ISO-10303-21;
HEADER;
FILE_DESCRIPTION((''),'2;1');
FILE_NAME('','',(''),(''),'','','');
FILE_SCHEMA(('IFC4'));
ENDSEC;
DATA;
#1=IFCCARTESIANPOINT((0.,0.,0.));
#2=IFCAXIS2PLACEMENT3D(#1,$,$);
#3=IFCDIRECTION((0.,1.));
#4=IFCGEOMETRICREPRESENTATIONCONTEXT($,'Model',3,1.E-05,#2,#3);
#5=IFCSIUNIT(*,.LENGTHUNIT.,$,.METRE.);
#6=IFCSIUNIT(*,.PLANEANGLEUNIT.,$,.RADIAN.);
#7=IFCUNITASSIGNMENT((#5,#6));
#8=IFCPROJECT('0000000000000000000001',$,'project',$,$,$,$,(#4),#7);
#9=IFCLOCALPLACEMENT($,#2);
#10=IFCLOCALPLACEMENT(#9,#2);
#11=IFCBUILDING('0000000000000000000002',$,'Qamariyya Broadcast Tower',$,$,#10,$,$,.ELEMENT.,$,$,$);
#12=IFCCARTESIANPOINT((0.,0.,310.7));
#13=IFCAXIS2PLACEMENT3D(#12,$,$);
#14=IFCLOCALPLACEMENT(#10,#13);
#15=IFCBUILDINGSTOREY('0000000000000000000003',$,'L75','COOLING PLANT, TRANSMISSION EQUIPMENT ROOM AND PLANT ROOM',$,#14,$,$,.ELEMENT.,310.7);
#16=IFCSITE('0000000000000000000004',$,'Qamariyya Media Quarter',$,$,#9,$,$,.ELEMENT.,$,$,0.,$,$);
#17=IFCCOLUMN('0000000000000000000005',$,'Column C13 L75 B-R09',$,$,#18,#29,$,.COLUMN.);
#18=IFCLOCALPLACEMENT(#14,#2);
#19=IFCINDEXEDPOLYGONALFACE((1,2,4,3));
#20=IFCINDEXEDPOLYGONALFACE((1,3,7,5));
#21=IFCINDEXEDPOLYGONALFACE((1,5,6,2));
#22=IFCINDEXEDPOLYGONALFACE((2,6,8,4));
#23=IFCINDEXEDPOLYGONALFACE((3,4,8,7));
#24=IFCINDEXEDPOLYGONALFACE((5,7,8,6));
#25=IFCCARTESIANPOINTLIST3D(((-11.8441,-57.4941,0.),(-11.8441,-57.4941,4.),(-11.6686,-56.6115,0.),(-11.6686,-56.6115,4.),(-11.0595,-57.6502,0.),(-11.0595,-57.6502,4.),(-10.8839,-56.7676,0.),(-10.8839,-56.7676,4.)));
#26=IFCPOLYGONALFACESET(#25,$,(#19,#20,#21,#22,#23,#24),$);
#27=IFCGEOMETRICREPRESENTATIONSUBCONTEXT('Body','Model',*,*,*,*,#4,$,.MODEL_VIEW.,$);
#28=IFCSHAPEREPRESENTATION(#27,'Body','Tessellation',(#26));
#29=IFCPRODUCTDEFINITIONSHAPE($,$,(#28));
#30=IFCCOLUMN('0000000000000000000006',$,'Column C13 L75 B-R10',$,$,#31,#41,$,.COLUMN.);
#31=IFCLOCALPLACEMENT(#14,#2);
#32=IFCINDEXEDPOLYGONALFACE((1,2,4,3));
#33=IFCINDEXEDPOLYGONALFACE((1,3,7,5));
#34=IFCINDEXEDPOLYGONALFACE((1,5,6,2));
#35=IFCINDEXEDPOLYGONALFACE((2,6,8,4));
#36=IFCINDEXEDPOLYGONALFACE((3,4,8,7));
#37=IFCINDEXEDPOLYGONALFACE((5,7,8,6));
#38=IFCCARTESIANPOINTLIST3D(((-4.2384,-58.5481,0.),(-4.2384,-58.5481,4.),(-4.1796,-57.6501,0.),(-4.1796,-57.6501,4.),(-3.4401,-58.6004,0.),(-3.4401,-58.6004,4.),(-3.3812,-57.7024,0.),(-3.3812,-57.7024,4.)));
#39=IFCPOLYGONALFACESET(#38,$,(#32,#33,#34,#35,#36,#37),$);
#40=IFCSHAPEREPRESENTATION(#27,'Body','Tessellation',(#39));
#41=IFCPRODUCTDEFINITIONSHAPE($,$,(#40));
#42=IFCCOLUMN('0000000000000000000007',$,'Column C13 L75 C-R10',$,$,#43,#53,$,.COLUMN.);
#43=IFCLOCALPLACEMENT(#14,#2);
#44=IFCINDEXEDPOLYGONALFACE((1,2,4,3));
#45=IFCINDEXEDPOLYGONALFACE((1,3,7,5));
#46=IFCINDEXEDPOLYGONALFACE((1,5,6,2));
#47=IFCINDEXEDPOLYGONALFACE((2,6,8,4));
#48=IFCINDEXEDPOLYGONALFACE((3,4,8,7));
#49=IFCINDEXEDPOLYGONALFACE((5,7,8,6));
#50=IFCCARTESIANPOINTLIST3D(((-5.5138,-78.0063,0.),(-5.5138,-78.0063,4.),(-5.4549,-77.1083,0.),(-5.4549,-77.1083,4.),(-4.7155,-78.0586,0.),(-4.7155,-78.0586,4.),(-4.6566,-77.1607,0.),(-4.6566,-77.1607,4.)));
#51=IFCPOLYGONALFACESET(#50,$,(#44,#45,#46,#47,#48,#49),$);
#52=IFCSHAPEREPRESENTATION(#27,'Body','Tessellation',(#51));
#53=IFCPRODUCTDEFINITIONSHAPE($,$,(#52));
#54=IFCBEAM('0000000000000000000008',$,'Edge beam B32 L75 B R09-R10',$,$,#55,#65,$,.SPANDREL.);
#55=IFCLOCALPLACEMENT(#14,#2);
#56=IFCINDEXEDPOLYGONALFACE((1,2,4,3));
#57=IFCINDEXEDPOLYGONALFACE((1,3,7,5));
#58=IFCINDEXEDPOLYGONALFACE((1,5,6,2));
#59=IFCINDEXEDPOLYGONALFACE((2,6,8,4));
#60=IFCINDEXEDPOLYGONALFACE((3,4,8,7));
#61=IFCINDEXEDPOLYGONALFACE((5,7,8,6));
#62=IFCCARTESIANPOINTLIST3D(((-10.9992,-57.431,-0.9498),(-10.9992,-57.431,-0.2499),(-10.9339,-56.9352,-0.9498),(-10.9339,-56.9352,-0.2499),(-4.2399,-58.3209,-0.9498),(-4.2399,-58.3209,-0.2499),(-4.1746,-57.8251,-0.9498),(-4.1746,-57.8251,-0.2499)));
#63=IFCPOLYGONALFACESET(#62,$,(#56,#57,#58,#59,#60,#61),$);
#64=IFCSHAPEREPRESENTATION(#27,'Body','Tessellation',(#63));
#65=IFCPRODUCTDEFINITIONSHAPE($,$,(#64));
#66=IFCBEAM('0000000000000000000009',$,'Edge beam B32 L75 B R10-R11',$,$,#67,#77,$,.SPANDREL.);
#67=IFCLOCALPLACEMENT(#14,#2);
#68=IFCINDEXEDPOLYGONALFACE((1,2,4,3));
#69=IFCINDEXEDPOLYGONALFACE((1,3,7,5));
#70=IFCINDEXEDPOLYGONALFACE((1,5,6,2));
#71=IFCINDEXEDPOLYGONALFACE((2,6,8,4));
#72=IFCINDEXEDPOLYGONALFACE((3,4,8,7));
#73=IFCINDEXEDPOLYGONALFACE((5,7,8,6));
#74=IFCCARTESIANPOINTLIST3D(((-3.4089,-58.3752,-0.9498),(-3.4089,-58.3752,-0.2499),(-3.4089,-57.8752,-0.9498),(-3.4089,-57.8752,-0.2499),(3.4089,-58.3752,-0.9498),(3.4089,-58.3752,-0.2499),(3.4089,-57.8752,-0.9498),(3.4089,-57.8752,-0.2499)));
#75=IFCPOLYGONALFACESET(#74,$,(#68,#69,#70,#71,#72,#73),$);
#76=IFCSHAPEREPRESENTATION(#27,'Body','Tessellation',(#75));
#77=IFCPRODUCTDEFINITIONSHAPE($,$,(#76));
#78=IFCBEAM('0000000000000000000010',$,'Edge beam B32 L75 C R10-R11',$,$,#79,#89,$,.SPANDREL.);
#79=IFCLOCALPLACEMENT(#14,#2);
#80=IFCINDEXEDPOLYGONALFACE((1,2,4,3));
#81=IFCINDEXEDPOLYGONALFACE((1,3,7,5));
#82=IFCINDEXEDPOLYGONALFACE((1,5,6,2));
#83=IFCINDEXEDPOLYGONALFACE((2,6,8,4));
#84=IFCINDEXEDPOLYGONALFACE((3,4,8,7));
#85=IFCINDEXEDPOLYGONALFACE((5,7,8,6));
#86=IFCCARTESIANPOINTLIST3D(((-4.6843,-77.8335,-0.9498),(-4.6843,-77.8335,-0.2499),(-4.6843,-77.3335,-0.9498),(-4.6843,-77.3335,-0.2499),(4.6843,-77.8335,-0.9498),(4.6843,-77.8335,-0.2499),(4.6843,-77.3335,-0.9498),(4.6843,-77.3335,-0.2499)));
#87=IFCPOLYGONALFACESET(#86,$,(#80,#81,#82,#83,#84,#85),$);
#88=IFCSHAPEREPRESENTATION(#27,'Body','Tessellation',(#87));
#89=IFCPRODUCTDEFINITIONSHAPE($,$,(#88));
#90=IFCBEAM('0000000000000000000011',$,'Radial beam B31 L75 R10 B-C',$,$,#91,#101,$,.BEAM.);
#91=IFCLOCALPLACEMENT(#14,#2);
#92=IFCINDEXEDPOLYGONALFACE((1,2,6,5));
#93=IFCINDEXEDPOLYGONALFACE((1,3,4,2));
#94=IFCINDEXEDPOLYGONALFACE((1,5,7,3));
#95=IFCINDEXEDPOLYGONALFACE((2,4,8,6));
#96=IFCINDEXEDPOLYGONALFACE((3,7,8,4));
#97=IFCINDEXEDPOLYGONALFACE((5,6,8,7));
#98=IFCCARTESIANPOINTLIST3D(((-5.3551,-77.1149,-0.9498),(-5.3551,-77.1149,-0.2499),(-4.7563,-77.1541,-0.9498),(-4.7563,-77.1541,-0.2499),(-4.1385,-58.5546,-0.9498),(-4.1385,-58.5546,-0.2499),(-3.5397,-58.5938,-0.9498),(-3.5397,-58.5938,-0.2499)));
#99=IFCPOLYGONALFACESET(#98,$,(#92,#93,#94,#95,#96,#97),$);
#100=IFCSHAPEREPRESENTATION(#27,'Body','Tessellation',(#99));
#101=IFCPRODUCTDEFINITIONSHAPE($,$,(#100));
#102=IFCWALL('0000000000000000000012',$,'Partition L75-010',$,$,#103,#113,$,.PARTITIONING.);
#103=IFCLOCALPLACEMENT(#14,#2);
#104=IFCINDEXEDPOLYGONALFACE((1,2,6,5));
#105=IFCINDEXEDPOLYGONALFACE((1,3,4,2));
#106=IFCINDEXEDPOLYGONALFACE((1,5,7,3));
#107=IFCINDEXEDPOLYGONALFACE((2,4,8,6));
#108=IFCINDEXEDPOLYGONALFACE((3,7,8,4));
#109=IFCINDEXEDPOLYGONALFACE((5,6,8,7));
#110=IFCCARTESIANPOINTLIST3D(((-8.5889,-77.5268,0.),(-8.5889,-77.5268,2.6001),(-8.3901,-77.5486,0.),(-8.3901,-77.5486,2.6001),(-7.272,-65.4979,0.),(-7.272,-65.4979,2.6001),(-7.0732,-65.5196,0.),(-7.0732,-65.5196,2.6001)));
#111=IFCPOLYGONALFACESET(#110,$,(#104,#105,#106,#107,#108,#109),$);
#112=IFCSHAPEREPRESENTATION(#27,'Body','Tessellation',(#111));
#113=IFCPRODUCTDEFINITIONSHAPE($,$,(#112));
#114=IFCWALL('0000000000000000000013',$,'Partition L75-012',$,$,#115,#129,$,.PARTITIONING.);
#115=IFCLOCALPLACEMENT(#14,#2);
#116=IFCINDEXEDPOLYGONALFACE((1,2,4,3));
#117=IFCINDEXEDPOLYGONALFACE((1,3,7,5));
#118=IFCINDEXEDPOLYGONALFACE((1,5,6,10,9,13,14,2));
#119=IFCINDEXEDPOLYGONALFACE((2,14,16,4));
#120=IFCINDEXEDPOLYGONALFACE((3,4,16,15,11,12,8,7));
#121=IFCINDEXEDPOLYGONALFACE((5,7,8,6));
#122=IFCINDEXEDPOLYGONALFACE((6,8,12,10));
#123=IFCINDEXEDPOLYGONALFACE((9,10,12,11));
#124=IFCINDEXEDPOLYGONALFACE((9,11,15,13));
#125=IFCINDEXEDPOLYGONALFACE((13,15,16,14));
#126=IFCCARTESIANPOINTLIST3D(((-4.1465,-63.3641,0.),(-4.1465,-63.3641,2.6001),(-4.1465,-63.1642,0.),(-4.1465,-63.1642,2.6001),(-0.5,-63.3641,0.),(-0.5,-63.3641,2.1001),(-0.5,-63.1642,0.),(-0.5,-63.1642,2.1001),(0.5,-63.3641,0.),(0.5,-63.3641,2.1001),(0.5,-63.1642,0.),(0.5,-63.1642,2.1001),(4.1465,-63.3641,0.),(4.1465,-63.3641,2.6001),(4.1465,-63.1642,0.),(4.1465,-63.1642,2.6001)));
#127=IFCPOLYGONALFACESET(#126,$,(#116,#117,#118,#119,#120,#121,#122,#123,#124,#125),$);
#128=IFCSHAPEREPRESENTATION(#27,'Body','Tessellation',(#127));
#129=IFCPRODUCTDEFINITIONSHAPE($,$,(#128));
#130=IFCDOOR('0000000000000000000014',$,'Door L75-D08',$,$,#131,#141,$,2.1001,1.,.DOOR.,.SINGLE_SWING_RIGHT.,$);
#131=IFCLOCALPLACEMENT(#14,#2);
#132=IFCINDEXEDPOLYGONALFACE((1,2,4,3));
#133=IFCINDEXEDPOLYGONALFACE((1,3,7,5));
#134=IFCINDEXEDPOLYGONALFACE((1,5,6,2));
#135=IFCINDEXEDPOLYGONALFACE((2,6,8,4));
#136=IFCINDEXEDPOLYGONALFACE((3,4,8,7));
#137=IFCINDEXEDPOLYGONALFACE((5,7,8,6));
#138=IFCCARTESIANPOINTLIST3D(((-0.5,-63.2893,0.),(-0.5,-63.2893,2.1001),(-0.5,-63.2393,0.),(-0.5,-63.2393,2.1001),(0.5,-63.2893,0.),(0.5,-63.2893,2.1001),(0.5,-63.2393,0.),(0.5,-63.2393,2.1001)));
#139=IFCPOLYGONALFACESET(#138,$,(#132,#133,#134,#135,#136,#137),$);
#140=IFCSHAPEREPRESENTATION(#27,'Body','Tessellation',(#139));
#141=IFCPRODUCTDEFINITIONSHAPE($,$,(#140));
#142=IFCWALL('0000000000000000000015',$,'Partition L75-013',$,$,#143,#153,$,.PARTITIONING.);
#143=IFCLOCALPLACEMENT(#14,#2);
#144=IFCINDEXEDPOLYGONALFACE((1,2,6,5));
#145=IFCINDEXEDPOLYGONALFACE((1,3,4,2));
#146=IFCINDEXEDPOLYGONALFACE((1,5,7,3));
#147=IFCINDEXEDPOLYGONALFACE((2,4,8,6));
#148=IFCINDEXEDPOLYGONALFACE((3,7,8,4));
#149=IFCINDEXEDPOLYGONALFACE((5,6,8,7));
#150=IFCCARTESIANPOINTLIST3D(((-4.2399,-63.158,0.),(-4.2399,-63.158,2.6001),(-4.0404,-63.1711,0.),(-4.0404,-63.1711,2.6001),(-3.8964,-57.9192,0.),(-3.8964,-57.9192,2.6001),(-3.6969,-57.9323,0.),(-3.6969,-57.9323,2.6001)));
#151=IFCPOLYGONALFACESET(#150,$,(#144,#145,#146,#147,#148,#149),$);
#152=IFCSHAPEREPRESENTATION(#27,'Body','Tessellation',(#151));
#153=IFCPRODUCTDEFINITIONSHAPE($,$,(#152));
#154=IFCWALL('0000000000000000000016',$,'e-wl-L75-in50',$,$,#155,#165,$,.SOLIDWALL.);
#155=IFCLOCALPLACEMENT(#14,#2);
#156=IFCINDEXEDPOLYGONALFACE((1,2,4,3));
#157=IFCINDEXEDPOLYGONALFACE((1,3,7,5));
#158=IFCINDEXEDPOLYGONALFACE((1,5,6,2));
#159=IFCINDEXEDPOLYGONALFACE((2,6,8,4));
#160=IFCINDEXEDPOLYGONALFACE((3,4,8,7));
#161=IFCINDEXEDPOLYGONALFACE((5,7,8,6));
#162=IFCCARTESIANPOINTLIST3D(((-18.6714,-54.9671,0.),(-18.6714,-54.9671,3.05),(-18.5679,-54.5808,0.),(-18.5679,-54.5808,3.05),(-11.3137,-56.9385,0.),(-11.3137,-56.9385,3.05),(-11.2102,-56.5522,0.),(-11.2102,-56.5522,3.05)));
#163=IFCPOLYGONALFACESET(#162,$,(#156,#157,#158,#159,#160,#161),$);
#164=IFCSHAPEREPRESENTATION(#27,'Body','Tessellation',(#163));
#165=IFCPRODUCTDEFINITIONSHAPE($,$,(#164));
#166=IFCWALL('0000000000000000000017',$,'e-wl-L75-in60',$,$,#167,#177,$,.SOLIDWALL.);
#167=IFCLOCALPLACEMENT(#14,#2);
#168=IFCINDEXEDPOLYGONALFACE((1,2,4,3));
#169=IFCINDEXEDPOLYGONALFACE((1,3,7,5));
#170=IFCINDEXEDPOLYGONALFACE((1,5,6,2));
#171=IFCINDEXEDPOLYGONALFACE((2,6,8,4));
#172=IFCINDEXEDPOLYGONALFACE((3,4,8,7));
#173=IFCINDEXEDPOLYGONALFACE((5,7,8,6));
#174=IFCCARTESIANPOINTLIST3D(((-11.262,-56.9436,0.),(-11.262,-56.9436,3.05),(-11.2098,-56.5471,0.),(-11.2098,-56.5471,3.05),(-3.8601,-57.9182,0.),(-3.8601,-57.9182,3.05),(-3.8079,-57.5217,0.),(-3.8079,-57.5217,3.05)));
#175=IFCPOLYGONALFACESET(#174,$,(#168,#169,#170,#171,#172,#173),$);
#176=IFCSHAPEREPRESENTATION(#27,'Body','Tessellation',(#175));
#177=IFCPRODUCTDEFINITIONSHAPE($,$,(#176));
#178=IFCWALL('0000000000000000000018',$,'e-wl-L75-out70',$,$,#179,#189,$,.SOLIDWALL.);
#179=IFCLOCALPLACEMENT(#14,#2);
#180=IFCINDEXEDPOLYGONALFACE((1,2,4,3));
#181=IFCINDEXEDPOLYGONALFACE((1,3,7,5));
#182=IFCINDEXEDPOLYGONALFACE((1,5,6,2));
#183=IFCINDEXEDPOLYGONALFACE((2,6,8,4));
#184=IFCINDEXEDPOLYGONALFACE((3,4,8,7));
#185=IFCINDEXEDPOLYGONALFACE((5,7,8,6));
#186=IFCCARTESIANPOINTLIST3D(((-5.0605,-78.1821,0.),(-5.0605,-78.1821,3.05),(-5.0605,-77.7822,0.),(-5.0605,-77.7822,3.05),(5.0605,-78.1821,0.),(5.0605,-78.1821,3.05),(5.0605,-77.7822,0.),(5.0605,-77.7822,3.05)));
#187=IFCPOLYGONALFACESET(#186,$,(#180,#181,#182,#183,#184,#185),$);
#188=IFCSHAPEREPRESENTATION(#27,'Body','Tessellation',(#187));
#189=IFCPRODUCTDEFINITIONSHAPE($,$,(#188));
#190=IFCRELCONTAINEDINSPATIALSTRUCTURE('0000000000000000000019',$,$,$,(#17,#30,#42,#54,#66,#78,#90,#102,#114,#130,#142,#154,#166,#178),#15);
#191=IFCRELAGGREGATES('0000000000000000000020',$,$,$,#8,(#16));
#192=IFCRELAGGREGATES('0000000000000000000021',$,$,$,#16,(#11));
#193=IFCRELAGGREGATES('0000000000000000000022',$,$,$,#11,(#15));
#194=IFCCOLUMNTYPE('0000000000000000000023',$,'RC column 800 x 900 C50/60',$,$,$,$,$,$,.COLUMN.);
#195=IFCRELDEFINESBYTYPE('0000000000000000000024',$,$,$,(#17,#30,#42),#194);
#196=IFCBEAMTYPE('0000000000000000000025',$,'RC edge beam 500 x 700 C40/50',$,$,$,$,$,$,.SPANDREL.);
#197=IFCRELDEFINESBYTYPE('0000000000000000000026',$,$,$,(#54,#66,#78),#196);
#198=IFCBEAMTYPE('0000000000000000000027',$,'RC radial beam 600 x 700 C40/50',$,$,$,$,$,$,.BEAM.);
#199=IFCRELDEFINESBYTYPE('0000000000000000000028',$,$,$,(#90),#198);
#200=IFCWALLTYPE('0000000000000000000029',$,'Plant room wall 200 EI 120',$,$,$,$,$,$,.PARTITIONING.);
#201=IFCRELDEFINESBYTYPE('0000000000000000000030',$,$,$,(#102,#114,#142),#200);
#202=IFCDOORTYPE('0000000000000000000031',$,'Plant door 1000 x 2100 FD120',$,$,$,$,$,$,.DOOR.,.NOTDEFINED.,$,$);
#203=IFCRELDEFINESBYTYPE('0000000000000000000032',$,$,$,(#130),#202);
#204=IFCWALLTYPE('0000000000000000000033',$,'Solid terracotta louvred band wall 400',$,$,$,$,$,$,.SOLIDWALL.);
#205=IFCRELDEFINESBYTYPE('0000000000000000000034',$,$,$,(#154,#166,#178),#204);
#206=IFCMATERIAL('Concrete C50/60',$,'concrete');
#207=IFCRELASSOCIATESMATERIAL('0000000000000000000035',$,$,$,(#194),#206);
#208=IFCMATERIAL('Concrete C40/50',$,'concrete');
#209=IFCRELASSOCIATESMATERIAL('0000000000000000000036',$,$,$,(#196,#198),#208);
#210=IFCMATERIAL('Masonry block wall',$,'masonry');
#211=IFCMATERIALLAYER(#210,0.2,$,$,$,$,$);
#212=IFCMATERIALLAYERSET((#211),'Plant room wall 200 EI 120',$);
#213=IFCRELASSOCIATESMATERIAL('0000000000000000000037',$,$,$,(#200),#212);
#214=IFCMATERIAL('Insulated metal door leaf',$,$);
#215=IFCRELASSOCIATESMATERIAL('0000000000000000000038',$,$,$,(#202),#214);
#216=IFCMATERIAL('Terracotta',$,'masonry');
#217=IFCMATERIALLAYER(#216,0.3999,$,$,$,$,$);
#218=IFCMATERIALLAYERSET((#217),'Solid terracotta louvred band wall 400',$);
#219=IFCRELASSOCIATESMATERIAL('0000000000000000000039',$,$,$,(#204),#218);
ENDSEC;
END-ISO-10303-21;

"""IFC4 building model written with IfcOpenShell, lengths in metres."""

from ifc_helpers import new_model, si_unit, direction, frame, frame_2d, origin, origin_2d, place, context, subcontext, project, spatial, rectangle, extrude, material, layer, layer_set, material_profile, profile_set, type_object, element, fill, save


model = new_model("IFC4")

# Units and contexts
model_context = context("Model", 3, precision=1e-05, world=origin(), true_north=direction((0.0, 1.0)))
body_context = subcontext(model_context, "Body", "Model", "MODEL_VIEW")
ifc_project = project(units=[si_unit("LENGTHUNIT", "METRE"), si_unit("PLANEANGLEUNIT", "RADIAN")], contexts=[model_context])

# Site, building, storey
site_placement = place(None, origin())
site = spatial("IfcSite", under=ifc_project, at=site_placement, Name="Qamariyya Media Quarter", CompositionType="ELEMENT", RefElevation=0.0)
building_placement = place(site_placement, origin())
building = spatial("IfcBuilding", under=site, at=building_placement, Name="Qamariyya Broadcast Tower", CompositionType="ELEMENT")
storey_placement = place(building_placement, frame((0.0, 0.0, 310.7)))
storey = spatial("IfcBuildingStorey", under=building, at=storey_placement, Name="L75", Description="COOLING PLANT, TRANSMISSION EQUIPMENT ROOM AND PLANT ROOM", CompositionType="ELEMENT", Elevation=310.7)

# Columns
ifc_material_1 = material(Name="Concrete C50/60", Category="concrete")
ifc_material_profile_1 = material_profile(ifc_material_1, rectangle(XDim=0.8, YDim=0.8999, at=origin_2d()))
ifc_profile_set_1 = profile_set([ifc_material_profile_1], Name="Concrete C50/60")
column_type = type_object("IfcColumnType", Name="RC column 800 x 900 C50/60", PredefinedType="COLUMN", material=ifc_profile_set_1)
for number, where, z_axis, x_axis, name in (
    (1, (-11.364, -57.1309, 0.0), (0.0, 0.0, 1.0), (0.980785, -0.19509, 0.0), "Column C13 L75 B-R09"),
    (2, (-3.8098, -58.1252, 0.0), (0.0, 0.0, 1.0), (0.997859, -0.065403, 0.0), "Column C13 L75 B-R10"),
    (3, (-5.0852, -77.5835, 0.0), (0.0, 0.0, 1.0), (0.997859, -0.065403, 0.0), "Column C13 L75 C-R10"),
):
    element("IfcColumn", number, at=place(storey_placement, frame(where, z_axis=z_axis, x_axis=x_axis)), inside=storey, type_object=column_type, Name=name, PredefinedType="COLUMN", context=body_context, shape_type="SweptSolid", body=[
        extrude(rectangle(XDim=0.8, YDim=0.8999, at=origin_2d()), origin(), (0.0, 0.0, 1.0), 4.0),
    ])

# Beams
ifc_material_2 = material(Name="Concrete C40/50", Category="concrete")
ifc_material_profile_2 = material_profile(ifc_material_2, rectangle(XDim=0.5, YDim=0.7, at=origin_2d()))
ifc_profile_set_2 = profile_set([ifc_material_profile_2], Name="Concrete C40/50")
beam_type_1 = type_object("IfcBeamType", Name="RC edge beam 500 x 700 C40/50", PredefinedType="SPANDREL", material=ifc_profile_set_2)
beam_1_placement = place(storey_placement, frame((-10.9666, -57.1831, -0.5999), z_axis=(0.991445, -0.130529, 0.0), x_axis=(0.130529, 0.991445, 0.0)))
element("IfcBeam", 4, at=beam_1_placement, inside=storey, type_object=beam_type_1, Name="Edge beam B32 L75 B R09-R10", PredefinedType="SPANDREL", context=body_context, shape_type="SweptSolid", body=[
    extrude(rectangle(XDim=0.5, YDim=0.7, at=origin_2d()), origin(), (0.0, 0.0, 1.0), 6.8176),
])
beam_2_placement = place(storey_placement, frame((-3.4089, -58.1252, -0.5999), z_axis=(1.0, 0.0, 0.0), x_axis=(0.0, 1.0, 0.0)))
element("IfcBeam", 5, at=beam_2_placement, inside=storey, type_object=beam_type_1, Name="Edge beam B32 L75 B R10-R11", PredefinedType="SPANDREL", context=body_context, shape_type="SweptSolid", body=[
    extrude(rectangle(XDim=0.5, YDim=0.7, at=origin_2d()), origin(), (0.0, 0.0, 1.0), 6.8179),
])
beam_3_placement = place(storey_placement, frame((-4.6843, -77.5835, -0.5999), z_axis=(1.0, 0.0, 0.0), x_axis=(0.0, 1.0, 0.0)))
element("IfcBeam", 6, at=beam_3_placement, inside=storey, type_object=beam_type_1, Name="Edge beam B32 L75 C R10-R11", PredefinedType="SPANDREL", context=body_context, shape_type="SweptSolid", body=[
    extrude(rectangle(XDim=0.5, YDim=0.7, at=origin_2d()), origin(), (0.0, 0.0, 1.0), 9.3687),
])
ifc_material_profile_3 = material_profile(ifc_material_2, rectangle(XDim=0.6001, YDim=0.7, at=origin_2d()))
ifc_profile_set_3 = profile_set([ifc_material_profile_3], Name="Concrete C40/50")
beam_type_2 = type_object("IfcBeamType", Name="RC radial beam 600 x 700 C40/50", PredefinedType="BEAM", material=ifc_profile_set_3)
beam_4_placement = place(storey_placement, frame((-3.8391, -58.5742, -0.5999), z_axis=(-0.065406, -0.997859, 0.0), x_axis=(0.997859, -0.065406, 0.0)))
element("IfcBeam", 7, at=beam_4_placement, inside=storey, type_object=beam_type_2, Name="Radial beam B31 L75 R10 B-C", PredefinedType="BEAM", context=body_context, shape_type="SweptSolid", body=[
    extrude(rectangle(XDim=0.6001, YDim=0.7, at=origin_2d()), origin(), (0.0, 0.0, 1.0), 18.6001),
])

# Shared definitions
ifc_material_3 = material(Name="Masonry block wall", Category="masonry")
ifc_layer_1 = layer(ifc_material_3, 0.2)
ifc_layer_set_1 = layer_set([ifc_layer_1], Name="Plant room wall 200 EI 120")
wall_type_1 = type_object("IfcWallType", Name="Plant room wall 200 EI 120", PredefinedType="PARTITIONING", material=ifc_layer_set_1)
ifc_material_4 = material(Name="Insulated metal door leaf")

# Wall
wall_1_placement = place(storey_placement, frame((-8.4895, -77.5376, 0.0), z_axis=(0.0, 0.0, 1.0), x_axis=(0.108826, 0.994061, 0.0)))
element("IfcWall", 8, at=wall_1_placement, inside=storey, type_object=wall_type_1, Name="Partition L75-010", PredefinedType="PARTITIONING", context=body_context, shape_type="SweptSolid", body=[
    extrude(rectangle(XDim=12.1008, YDim=0.2, at=frame_2d((6.0503, 0.0))), origin(), (0.0, 0.0, 1.0), 2.6001),
])

# Wall, opening, door
wall_2_placement = place(storey_placement, frame((-4.1465, -63.2642, 0.0), z_axis=(0.0, 0.0, 1.0), x_axis=(1.0, 0.0, 0.0)))
wall_2 = element("IfcWall", 9, at=wall_2_placement, inside=storey, type_object=wall_type_1, Name="Partition L75-012", PredefinedType="PARTITIONING", context=body_context, shape_type="SweptSolid", body=[
    extrude(rectangle(XDim=8.293, YDim=0.2, at=frame_2d((4.1465, 0.0))), origin(), (0.0, 0.0, 1.0), 2.6001),
])
opening_1_placement = place(wall_2_placement, frame((3.6465, 0.0, 0.0)))
opening_1 = element("IfcOpeningElement", 10, at=opening_1_placement, cuts=wall_2, PredefinedType="OPENING", context=body_context, shape_type="SweptSolid", body=[
    extrude(rectangle(XDim=1.0, YDim=2.1001, at=frame_2d((0.5, 1.05))), frame((0.0, 0.1099, 0.0), z_axis=(0.0, -1.0, 0.0), x_axis=(1.0, 0.0, 0.0)), (0.0, 0.0, 1.0), 0.22),
])
door_type_1 = type_object("IfcDoorType", Name="Plant door 1000 x 2100 FD120", OperationType="NOTDEFINED", PredefinedType="DOOR", material=ifc_material_4)
door_1_placement = place(opening_1_placement, origin())
door_1 = element("IfcDoor", 11, at=door_1_placement, inside=storey, type_object=door_type_1, Name="Door L75-D08", OperationType="SINGLE_SWING_RIGHT", OverallHeight=2.1001, OverallWidth=1.0, PredefinedType="DOOR", context=body_context, shape_type="SweptSolid", body=[
    extrude(rectangle(XDim=1.0, YDim=2.1001, at=frame_2d((0.5, 1.05))), frame((0.0, 0.0249, 0.0), z_axis=(0.0, -1.0, 0.0), x_axis=(1.0, 0.0, 0.0)), (0.0, 0.0, 1.0), 0.05),
])
fill(opening_1, door_1)

# Walls
wall_3_placement = place(storey_placement, frame((-3.7966, -57.9258, 0.0), z_axis=(0.0, 0.0, 1.0), x_axis=(-0.065429, -0.997857, 0.0)))
element("IfcWall", 12, at=wall_3_placement, inside=storey, type_object=wall_type_1, Name="Partition L75-013", PredefinedType="PARTITIONING", context=body_context, shape_type="SweptSolid", body=[
    extrude(rectangle(XDim=5.25, YDim=0.2, at=frame_2d((2.625, 0.0))), origin(), (0.0, 0.0, 1.0), 2.6001),
])
ifc_material_5 = material(Name="Terracotta", Category="masonry")
ifc_layer_2 = layer(ifc_material_5, 0.3999)
ifc_layer_set_2 = layer_set([ifc_layer_2], Name="Solid terracotta louvred band wall 400")
wall_type_2 = type_object("IfcWallType", Name="Solid terracotta louvred band wall 400", PredefinedType="SOLIDWALL", material=ifc_layer_set_2)
wall_4_placement = place(storey_placement, frame((-11.262, -56.7454, 0.0), z_axis=(0.0, 0.0, 1.0), x_axis=(-0.965927, 0.258814, 0.0)))
element("IfcWall", 13, at=wall_4_placement, inside=storey, type_object=wall_type_2, Name="e-wl-L75-in50", PredefinedType="SOLIDWALL", context=body_context, shape_type="SweptSolid", body=[
    extrude(rectangle(XDim=7.6172, YDim=0.3999, at=frame_2d((3.8086, 0.0))), origin(), (0.0, 0.0, 1.0), 3.05),
])
wall_5_placement = place(storey_placement, frame((-3.834, -57.72, 0.0), z_axis=(0.0, 0.0, 1.0), x_axis=(-0.991442, 0.130544, 0.0)))
element("IfcWall", 14, at=wall_5_placement, inside=storey, type_object=wall_type_2, Name="e-wl-L75-in60", PredefinedType="SOLIDWALL", context=body_context, shape_type="SweptSolid", body=[
    extrude(rectangle(XDim=7.4658, YDim=0.3999, at=frame_2d((3.7329, 0.0))), origin(), (0.0, 0.0, 1.0), 3.05),
])
wall_6_placement = place(storey_placement, frame((-5.0605, -77.9822, 0.0), z_axis=(0.0, 0.0, 1.0), x_axis=(1.0, 0.0, 0.0)))
element("IfcWall", 15, at=wall_6_placement, inside=storey, type_object=wall_type_2, Name="e-wl-L75-out70", PredefinedType="SOLIDWALL", context=body_context, shape_type="SweptSolid", body=[
    extrude(rectangle(XDim=10.1211, YDim=0.3999, at=frame_2d((5.0605, 0.0))), origin(), (0.0, 0.0, 1.0), 3.05),
])

save(model, "model.ifc")
